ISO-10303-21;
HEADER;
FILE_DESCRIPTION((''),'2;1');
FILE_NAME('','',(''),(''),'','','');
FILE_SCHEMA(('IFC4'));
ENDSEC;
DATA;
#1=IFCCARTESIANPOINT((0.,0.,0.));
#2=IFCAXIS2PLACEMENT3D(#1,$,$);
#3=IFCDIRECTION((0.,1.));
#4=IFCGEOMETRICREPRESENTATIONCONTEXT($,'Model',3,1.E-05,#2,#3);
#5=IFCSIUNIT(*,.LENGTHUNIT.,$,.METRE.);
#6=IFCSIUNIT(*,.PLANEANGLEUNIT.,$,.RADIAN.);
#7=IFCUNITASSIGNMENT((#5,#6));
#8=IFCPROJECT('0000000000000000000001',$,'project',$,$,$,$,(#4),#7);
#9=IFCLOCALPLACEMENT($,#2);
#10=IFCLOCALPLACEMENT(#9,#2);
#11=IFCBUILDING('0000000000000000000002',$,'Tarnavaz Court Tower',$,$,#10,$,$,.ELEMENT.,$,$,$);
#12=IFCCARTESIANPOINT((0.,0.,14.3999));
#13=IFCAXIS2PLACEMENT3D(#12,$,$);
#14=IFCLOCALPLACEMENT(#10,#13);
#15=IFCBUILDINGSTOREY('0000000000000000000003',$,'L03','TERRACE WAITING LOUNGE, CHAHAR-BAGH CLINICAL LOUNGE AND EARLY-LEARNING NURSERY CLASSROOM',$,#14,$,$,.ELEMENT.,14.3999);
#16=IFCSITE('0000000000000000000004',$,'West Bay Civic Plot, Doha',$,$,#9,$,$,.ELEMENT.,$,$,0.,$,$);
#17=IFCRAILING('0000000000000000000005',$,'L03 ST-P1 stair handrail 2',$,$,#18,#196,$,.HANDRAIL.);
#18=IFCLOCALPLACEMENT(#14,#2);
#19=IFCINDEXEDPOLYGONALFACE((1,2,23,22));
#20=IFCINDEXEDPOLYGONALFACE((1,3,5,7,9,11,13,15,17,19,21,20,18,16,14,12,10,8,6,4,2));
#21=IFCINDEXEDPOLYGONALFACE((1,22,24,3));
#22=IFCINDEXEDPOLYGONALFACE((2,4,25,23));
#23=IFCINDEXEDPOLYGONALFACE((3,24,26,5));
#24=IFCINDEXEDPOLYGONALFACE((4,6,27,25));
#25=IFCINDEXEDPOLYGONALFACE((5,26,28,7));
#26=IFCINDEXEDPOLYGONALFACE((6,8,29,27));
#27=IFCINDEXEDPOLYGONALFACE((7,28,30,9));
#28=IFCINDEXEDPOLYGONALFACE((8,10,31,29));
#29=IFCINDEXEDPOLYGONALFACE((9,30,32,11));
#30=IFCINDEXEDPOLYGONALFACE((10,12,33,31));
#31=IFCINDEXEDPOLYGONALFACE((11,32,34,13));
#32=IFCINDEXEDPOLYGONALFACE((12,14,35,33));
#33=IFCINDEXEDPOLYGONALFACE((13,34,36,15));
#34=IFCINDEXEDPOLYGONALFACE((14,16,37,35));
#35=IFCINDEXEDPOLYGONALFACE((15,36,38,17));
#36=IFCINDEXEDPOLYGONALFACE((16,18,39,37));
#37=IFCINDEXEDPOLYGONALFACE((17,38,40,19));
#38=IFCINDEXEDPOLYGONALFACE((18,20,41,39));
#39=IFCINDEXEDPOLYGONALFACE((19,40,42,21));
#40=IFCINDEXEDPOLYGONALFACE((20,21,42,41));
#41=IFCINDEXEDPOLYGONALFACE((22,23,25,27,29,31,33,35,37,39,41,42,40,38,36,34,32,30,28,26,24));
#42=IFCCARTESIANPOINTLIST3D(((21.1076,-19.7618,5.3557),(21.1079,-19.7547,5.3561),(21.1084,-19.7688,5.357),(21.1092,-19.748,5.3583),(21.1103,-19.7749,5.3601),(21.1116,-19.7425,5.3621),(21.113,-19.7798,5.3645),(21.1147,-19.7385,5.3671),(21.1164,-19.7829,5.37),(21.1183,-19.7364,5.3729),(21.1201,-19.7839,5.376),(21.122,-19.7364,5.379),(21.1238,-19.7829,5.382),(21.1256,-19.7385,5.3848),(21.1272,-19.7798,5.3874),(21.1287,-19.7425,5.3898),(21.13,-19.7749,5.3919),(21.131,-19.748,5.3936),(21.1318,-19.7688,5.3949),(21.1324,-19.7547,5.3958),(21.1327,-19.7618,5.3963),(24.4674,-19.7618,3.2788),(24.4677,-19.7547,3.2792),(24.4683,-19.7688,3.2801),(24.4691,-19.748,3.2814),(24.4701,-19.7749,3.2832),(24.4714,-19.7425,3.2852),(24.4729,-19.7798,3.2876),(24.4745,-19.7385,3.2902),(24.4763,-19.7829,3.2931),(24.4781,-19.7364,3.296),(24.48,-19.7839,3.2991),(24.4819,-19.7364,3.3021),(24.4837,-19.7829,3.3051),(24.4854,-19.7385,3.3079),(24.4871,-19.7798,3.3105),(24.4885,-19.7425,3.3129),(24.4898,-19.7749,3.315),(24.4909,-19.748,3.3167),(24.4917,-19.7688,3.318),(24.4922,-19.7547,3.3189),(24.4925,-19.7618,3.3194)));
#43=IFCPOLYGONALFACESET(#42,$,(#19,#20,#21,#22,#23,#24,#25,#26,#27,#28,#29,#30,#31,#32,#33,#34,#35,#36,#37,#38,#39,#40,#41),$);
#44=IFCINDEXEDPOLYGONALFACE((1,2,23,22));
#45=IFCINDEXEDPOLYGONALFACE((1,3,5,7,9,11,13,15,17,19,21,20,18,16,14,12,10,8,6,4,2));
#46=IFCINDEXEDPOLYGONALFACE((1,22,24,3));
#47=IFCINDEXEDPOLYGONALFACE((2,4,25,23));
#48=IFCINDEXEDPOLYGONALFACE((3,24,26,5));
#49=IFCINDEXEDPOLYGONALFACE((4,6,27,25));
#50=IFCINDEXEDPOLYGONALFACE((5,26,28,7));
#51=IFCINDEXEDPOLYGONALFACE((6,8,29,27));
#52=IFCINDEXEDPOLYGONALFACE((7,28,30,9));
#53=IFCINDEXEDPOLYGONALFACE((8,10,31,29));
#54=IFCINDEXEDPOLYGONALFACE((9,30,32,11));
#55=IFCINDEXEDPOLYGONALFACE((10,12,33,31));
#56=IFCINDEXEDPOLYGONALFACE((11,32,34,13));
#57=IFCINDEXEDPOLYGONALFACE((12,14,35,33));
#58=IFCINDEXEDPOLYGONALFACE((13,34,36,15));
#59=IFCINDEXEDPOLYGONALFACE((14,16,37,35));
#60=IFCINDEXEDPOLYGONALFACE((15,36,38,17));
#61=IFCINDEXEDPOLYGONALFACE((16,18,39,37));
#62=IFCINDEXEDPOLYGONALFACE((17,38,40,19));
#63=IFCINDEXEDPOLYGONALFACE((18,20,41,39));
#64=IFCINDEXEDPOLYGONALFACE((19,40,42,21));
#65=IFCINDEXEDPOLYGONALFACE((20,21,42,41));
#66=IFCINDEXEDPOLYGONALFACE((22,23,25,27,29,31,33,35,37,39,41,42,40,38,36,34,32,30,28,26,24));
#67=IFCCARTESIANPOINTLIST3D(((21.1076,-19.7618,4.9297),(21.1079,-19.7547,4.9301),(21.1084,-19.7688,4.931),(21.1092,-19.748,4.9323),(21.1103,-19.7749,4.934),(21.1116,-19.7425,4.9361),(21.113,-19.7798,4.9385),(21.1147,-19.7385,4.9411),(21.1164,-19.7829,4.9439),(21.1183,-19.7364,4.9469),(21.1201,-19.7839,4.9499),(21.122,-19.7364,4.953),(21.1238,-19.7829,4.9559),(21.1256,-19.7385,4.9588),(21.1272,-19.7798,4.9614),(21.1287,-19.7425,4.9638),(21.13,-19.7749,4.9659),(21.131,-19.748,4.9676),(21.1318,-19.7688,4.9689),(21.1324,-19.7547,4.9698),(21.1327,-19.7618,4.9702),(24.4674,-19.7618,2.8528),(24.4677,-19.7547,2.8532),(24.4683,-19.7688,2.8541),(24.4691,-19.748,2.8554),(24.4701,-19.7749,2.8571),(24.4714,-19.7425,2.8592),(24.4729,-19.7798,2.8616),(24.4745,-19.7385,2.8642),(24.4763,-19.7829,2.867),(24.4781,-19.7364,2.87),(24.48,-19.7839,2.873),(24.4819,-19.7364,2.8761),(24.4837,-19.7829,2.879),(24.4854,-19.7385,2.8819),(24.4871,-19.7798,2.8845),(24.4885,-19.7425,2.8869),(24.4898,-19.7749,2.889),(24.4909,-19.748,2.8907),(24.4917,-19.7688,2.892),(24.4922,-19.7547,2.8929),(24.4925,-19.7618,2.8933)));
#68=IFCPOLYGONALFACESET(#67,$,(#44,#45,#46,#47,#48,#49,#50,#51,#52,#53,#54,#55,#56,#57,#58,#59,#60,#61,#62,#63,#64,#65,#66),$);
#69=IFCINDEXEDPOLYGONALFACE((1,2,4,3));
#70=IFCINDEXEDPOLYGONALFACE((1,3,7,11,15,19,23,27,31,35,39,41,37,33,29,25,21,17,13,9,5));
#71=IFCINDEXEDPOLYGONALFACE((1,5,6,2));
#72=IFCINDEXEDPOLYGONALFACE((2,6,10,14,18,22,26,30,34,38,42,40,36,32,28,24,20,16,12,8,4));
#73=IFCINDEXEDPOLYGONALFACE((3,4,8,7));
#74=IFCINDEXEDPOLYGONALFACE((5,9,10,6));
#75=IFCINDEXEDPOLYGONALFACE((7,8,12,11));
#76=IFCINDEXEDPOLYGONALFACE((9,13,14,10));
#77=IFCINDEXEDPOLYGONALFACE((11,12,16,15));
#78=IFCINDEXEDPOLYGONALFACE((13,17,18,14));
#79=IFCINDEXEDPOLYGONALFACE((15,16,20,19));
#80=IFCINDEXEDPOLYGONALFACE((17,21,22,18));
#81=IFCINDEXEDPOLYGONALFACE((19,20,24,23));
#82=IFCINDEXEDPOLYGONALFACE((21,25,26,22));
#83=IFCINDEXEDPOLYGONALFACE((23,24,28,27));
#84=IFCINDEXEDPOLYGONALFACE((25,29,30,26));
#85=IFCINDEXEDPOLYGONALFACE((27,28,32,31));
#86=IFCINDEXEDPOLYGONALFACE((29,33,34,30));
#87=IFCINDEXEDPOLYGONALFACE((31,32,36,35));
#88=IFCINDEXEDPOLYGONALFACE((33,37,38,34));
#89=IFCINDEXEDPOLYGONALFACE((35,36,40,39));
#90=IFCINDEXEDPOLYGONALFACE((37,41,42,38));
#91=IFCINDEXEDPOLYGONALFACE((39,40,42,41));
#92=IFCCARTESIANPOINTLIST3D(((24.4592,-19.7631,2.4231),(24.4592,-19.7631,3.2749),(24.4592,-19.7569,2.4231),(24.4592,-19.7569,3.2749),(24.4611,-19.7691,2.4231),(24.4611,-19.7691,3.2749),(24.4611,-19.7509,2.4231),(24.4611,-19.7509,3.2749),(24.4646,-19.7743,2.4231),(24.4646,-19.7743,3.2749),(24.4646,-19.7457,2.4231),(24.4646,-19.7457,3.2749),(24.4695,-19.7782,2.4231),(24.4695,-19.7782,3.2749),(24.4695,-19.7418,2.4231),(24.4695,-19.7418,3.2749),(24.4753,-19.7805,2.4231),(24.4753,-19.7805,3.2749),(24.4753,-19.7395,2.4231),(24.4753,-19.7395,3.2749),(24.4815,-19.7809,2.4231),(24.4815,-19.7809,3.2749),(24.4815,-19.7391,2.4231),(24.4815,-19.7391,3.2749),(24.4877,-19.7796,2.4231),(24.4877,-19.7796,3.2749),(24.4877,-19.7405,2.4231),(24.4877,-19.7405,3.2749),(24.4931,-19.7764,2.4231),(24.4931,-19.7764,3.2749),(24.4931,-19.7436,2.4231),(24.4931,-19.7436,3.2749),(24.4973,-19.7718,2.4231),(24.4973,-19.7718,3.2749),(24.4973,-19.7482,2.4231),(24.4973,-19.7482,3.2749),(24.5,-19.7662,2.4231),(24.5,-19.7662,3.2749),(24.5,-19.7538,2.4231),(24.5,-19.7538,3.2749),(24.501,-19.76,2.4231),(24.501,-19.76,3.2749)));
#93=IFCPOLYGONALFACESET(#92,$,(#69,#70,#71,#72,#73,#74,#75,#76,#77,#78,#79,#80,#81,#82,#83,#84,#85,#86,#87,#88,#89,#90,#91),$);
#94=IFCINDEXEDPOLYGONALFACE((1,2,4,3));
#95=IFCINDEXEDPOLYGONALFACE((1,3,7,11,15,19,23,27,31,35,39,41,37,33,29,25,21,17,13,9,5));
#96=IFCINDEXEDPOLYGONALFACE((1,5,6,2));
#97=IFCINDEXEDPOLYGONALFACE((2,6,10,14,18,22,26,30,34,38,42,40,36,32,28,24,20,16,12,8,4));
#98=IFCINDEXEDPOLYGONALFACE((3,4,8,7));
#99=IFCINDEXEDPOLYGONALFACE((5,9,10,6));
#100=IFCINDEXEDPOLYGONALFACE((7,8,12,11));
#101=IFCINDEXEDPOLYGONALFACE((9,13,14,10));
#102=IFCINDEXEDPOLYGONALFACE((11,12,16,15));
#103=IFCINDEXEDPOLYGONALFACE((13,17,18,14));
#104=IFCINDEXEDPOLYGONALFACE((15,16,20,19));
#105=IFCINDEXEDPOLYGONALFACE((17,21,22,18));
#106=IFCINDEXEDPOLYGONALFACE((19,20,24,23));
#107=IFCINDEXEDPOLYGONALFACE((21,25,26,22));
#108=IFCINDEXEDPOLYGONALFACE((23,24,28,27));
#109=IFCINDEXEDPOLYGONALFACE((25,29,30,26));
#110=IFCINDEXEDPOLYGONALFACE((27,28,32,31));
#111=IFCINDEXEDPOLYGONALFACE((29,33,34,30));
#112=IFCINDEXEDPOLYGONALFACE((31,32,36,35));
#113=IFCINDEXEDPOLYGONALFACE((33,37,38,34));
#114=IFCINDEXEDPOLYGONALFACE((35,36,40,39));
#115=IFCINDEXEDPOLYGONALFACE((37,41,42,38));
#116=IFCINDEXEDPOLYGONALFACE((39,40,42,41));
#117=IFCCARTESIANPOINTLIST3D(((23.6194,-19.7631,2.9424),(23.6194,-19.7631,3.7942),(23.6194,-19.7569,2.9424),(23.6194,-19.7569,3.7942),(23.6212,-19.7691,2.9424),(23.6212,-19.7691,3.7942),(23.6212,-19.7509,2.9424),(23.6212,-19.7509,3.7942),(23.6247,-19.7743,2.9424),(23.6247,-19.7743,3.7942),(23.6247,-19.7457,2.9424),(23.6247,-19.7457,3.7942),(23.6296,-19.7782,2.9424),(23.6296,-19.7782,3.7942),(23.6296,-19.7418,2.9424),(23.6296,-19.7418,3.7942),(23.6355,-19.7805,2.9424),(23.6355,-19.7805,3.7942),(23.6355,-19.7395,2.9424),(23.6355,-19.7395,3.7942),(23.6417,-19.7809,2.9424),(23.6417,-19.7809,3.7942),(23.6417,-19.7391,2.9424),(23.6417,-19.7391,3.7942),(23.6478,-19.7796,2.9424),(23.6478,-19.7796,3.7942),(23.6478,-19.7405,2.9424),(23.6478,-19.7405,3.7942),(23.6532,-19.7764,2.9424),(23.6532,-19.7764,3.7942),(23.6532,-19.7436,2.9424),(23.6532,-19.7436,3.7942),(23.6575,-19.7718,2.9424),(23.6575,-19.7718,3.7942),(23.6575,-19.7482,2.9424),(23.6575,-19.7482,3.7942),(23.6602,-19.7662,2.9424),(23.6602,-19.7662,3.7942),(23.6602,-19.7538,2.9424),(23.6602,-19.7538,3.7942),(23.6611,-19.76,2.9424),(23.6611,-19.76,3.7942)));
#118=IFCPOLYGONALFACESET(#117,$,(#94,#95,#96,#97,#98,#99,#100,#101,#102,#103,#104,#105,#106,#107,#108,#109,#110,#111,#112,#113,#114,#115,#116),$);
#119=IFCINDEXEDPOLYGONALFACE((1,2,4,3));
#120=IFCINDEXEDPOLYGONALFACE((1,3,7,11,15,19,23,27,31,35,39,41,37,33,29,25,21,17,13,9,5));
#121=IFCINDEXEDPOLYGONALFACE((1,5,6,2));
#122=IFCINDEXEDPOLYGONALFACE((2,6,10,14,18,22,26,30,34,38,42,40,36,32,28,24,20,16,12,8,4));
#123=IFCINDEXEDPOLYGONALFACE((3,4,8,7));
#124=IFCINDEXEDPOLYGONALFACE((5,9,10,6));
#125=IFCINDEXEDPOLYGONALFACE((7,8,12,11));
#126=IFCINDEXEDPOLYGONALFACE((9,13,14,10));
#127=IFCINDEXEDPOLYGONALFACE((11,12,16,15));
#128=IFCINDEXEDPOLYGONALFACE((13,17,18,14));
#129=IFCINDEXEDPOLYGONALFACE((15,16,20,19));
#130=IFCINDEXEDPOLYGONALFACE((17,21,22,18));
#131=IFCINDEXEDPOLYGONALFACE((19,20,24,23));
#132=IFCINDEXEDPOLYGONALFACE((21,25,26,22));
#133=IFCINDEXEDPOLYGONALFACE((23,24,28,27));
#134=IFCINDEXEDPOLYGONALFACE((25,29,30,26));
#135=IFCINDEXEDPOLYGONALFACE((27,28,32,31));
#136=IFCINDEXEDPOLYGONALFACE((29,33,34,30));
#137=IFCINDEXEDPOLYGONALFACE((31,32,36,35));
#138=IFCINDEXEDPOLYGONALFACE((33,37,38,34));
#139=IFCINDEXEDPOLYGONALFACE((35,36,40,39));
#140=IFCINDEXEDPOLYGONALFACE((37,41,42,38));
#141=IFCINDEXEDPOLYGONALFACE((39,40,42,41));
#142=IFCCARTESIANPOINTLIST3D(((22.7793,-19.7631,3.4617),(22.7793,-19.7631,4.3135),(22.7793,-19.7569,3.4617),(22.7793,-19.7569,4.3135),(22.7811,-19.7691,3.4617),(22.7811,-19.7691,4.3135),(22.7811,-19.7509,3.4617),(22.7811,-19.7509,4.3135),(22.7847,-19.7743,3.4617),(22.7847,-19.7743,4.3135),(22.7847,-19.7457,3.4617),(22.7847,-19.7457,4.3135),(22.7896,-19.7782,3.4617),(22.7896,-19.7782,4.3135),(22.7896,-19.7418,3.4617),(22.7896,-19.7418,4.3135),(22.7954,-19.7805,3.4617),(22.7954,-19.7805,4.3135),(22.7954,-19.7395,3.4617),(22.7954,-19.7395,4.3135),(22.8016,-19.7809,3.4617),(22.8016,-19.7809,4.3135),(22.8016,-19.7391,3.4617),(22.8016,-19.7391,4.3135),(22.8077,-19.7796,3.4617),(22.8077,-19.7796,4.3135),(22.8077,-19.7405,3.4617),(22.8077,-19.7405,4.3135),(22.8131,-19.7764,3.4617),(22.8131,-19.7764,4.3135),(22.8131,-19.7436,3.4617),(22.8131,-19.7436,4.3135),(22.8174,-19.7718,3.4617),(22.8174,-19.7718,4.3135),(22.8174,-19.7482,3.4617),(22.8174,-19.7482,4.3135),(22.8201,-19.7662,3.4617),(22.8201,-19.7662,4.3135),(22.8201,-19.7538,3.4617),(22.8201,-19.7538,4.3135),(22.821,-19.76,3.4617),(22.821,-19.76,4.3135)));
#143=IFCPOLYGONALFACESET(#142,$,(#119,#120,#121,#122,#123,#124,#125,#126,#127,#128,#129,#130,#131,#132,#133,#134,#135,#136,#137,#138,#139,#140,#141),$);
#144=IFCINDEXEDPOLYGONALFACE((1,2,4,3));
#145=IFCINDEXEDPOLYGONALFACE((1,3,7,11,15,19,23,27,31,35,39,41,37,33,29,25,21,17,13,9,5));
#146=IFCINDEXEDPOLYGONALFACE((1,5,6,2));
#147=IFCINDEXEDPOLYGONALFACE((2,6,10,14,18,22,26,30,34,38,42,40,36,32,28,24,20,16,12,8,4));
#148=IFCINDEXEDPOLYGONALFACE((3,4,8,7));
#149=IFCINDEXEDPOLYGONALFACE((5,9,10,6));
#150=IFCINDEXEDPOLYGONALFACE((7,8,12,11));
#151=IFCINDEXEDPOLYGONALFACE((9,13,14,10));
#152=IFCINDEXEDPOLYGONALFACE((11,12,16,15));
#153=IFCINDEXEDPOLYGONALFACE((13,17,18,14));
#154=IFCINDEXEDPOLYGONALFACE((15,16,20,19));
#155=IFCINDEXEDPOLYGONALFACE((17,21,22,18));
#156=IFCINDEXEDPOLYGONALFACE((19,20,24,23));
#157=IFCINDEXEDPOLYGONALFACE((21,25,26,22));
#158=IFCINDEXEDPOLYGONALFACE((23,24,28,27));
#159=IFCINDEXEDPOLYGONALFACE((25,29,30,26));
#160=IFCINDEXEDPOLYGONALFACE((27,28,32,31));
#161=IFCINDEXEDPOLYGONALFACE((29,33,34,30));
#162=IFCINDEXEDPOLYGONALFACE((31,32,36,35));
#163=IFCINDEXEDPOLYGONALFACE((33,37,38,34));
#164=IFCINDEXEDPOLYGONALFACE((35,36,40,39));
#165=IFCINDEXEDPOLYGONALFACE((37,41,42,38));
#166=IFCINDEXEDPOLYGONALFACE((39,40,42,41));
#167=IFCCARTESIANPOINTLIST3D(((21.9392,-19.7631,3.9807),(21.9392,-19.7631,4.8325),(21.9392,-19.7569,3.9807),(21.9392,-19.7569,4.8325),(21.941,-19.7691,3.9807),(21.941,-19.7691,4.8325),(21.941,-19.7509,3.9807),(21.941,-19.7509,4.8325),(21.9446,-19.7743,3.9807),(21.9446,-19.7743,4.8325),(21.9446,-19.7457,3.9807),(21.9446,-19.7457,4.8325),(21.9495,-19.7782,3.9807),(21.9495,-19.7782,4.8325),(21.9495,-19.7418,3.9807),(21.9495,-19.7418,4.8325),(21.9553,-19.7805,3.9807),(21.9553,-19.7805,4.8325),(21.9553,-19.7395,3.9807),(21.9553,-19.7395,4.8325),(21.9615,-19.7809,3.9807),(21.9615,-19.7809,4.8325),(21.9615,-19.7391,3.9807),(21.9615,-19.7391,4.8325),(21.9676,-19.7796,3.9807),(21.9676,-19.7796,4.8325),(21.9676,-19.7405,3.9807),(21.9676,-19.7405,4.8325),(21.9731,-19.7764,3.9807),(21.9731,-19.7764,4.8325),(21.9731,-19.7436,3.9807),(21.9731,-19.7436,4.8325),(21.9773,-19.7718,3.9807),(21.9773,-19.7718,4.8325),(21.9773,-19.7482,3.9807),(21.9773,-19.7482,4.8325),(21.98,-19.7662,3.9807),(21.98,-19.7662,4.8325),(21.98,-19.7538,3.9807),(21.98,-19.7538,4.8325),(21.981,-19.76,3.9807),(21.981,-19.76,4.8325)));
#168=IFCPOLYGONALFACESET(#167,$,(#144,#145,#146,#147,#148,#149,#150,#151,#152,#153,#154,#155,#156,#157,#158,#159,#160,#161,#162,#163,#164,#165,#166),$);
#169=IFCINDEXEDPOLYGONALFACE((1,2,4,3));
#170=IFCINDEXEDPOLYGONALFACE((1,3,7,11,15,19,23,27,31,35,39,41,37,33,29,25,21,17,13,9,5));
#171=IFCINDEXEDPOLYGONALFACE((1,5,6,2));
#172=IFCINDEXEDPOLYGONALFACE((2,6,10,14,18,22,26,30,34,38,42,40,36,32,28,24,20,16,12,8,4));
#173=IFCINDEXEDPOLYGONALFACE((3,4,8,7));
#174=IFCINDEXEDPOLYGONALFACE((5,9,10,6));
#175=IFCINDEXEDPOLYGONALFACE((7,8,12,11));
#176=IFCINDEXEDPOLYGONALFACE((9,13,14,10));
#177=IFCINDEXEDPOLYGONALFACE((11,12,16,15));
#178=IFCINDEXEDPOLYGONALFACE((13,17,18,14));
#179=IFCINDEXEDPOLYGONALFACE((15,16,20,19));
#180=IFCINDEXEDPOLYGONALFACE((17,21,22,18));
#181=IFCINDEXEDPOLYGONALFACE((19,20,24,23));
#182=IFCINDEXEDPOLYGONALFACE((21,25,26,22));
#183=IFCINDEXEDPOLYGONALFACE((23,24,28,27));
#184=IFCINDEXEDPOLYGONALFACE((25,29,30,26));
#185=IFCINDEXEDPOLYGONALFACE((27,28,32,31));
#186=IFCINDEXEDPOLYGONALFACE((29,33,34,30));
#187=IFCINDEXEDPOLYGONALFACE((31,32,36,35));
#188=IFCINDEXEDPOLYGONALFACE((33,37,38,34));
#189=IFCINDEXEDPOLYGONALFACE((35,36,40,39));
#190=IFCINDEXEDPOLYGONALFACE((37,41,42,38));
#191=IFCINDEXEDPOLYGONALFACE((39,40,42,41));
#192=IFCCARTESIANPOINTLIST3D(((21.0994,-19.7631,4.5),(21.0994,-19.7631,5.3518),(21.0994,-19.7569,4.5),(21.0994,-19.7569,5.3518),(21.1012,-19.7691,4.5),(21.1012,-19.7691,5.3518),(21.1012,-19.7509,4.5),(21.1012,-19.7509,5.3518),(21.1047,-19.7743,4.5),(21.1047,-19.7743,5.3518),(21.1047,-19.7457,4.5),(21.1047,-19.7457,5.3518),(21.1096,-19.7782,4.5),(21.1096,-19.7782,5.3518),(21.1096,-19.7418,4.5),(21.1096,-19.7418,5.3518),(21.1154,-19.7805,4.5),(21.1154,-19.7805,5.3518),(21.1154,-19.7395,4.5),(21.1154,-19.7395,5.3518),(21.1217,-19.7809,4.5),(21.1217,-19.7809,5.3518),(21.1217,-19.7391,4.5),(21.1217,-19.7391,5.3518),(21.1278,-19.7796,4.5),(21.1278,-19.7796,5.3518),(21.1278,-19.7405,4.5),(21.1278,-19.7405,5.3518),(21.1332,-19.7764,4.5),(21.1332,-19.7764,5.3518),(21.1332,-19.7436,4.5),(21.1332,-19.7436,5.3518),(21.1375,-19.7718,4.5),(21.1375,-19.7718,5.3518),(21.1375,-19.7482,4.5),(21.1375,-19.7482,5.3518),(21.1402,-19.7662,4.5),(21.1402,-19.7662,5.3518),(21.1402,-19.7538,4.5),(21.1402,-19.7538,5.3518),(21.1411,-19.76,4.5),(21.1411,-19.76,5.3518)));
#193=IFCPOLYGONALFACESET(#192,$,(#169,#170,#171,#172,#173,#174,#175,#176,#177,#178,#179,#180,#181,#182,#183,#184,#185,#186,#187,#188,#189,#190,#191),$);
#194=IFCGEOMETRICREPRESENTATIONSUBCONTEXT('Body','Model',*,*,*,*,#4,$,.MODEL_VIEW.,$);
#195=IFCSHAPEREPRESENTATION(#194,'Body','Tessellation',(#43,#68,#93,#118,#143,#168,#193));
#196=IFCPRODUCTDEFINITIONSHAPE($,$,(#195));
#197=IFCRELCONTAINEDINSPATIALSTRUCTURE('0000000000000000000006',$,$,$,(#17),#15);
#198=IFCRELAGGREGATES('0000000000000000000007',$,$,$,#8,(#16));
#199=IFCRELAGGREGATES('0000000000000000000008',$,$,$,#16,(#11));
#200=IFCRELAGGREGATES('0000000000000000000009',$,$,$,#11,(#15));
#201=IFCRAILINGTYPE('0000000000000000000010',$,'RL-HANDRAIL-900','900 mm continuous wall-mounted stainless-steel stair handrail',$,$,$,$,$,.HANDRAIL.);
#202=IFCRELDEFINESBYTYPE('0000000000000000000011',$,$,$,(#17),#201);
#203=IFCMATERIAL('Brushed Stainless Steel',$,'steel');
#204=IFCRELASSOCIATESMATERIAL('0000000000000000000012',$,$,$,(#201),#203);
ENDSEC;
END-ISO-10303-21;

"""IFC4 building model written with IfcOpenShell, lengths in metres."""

from ifc_helpers import new_model, si_unit, direction, frame, origin, origin_2d, place, context, subcontext, project, spatial, circle, extrude, material, type_object, element, save


model = new_model("IFC4")

# Units and contexts
model_context = context("Model", 3, precision=1e-05, world=origin(), true_north=direction((0.0, 1.0)))
body_context = subcontext(model_context, "Body", "Model", "MODEL_VIEW")
ifc_project = project(units=[si_unit("LENGTHUNIT", "METRE"), si_unit("PLANEANGLEUNIT", "RADIAN")], contexts=[model_context])

# Site, building, storey
site_placement = place(None, origin())
site = spatial("IfcSite", under=ifc_project, at=site_placement, Name="West Bay Civic Plot, Doha", CompositionType="ELEMENT", RefElevation=0.0)
building_placement = place(site_placement, origin())
building = spatial("IfcBuilding", under=site, at=building_placement, Name="Tarnavaz Court Tower", CompositionType="ELEMENT")
storey_placement = place(building_placement, frame((0.0, 0.0, 14.3999)))
storey = spatial("IfcBuildingStorey", under=building, at=storey_placement, Name="L03", Description="TERRACE WAITING LOUNGE, CHAHAR-BAGH CLINICAL LOUNGE AND EARLY-LEARNING NURSERY CLASSROOM", CompositionType="ELEMENT", Elevation=14.3999)

# Railing
ifc_material_1 = material(Name="Brushed Stainless Steel", Category="steel")
railing_type_1 = type_object("IfcRailingType", Name="RL-HANDRAIL-900", Description="900 mm continuous wall-mounted stainless-steel stair handrail", PredefinedType="HANDRAIL", material=ifc_material_1)
railing_1_placement = place(storey_placement, frame((24.48, -19.76, 2.4231)))
element("IfcRailing", 1, at=railing_1_placement, inside=storey, type_object=railing_type_1, Name="L03 ST-P1 stair handrail 2", PredefinedType="HANDRAIL", context=body_context, shape_type="SweptSolid", body=[
    extrude(circle(Radius=0.0239, at=origin_2d()), frame((0.0, 0.0, 0.876), z_axis=(-0.850606, 0.0, 0.525803), x_axis=(0.0, -1.0, 0.0)), (0.0, 0.0, 1.0), 3.95),
    extrude(circle(Radius=0.0239, at=origin_2d()), frame((0.0, 0.0, 0.45), z_axis=(-0.850606, 0.0, 0.525803), x_axis=(0.0, -1.0, 0.0)), (0.0, 0.0, 1.0), 3.95),
    extrude(circle(Radius=0.021, at=origin_2d()), origin(), (0.0, 0.0, 1.0), 0.8518),
    extrude(circle(Radius=0.021, at=origin_2d()), frame((-0.8398, 0.0, 0.5193)), (0.0, 0.0, 1.0), 0.8518),
    extrude(circle(Radius=0.021, at=origin_2d()), frame((-1.6799, 0.0, 1.0386)), (0.0, 0.0, 1.0), 0.8518),
    extrude(circle(Radius=0.021, at=origin_2d()), frame((-2.52, 0.0, 1.5576)), (0.0, 0.0, 1.0), 0.8518),
    extrude(circle(Radius=0.021, at=origin_2d()), frame((-3.3599, 0.0, 2.0769)), (0.0, 0.0, 1.0), 0.8518),
])

save(model, "model.ifc")
